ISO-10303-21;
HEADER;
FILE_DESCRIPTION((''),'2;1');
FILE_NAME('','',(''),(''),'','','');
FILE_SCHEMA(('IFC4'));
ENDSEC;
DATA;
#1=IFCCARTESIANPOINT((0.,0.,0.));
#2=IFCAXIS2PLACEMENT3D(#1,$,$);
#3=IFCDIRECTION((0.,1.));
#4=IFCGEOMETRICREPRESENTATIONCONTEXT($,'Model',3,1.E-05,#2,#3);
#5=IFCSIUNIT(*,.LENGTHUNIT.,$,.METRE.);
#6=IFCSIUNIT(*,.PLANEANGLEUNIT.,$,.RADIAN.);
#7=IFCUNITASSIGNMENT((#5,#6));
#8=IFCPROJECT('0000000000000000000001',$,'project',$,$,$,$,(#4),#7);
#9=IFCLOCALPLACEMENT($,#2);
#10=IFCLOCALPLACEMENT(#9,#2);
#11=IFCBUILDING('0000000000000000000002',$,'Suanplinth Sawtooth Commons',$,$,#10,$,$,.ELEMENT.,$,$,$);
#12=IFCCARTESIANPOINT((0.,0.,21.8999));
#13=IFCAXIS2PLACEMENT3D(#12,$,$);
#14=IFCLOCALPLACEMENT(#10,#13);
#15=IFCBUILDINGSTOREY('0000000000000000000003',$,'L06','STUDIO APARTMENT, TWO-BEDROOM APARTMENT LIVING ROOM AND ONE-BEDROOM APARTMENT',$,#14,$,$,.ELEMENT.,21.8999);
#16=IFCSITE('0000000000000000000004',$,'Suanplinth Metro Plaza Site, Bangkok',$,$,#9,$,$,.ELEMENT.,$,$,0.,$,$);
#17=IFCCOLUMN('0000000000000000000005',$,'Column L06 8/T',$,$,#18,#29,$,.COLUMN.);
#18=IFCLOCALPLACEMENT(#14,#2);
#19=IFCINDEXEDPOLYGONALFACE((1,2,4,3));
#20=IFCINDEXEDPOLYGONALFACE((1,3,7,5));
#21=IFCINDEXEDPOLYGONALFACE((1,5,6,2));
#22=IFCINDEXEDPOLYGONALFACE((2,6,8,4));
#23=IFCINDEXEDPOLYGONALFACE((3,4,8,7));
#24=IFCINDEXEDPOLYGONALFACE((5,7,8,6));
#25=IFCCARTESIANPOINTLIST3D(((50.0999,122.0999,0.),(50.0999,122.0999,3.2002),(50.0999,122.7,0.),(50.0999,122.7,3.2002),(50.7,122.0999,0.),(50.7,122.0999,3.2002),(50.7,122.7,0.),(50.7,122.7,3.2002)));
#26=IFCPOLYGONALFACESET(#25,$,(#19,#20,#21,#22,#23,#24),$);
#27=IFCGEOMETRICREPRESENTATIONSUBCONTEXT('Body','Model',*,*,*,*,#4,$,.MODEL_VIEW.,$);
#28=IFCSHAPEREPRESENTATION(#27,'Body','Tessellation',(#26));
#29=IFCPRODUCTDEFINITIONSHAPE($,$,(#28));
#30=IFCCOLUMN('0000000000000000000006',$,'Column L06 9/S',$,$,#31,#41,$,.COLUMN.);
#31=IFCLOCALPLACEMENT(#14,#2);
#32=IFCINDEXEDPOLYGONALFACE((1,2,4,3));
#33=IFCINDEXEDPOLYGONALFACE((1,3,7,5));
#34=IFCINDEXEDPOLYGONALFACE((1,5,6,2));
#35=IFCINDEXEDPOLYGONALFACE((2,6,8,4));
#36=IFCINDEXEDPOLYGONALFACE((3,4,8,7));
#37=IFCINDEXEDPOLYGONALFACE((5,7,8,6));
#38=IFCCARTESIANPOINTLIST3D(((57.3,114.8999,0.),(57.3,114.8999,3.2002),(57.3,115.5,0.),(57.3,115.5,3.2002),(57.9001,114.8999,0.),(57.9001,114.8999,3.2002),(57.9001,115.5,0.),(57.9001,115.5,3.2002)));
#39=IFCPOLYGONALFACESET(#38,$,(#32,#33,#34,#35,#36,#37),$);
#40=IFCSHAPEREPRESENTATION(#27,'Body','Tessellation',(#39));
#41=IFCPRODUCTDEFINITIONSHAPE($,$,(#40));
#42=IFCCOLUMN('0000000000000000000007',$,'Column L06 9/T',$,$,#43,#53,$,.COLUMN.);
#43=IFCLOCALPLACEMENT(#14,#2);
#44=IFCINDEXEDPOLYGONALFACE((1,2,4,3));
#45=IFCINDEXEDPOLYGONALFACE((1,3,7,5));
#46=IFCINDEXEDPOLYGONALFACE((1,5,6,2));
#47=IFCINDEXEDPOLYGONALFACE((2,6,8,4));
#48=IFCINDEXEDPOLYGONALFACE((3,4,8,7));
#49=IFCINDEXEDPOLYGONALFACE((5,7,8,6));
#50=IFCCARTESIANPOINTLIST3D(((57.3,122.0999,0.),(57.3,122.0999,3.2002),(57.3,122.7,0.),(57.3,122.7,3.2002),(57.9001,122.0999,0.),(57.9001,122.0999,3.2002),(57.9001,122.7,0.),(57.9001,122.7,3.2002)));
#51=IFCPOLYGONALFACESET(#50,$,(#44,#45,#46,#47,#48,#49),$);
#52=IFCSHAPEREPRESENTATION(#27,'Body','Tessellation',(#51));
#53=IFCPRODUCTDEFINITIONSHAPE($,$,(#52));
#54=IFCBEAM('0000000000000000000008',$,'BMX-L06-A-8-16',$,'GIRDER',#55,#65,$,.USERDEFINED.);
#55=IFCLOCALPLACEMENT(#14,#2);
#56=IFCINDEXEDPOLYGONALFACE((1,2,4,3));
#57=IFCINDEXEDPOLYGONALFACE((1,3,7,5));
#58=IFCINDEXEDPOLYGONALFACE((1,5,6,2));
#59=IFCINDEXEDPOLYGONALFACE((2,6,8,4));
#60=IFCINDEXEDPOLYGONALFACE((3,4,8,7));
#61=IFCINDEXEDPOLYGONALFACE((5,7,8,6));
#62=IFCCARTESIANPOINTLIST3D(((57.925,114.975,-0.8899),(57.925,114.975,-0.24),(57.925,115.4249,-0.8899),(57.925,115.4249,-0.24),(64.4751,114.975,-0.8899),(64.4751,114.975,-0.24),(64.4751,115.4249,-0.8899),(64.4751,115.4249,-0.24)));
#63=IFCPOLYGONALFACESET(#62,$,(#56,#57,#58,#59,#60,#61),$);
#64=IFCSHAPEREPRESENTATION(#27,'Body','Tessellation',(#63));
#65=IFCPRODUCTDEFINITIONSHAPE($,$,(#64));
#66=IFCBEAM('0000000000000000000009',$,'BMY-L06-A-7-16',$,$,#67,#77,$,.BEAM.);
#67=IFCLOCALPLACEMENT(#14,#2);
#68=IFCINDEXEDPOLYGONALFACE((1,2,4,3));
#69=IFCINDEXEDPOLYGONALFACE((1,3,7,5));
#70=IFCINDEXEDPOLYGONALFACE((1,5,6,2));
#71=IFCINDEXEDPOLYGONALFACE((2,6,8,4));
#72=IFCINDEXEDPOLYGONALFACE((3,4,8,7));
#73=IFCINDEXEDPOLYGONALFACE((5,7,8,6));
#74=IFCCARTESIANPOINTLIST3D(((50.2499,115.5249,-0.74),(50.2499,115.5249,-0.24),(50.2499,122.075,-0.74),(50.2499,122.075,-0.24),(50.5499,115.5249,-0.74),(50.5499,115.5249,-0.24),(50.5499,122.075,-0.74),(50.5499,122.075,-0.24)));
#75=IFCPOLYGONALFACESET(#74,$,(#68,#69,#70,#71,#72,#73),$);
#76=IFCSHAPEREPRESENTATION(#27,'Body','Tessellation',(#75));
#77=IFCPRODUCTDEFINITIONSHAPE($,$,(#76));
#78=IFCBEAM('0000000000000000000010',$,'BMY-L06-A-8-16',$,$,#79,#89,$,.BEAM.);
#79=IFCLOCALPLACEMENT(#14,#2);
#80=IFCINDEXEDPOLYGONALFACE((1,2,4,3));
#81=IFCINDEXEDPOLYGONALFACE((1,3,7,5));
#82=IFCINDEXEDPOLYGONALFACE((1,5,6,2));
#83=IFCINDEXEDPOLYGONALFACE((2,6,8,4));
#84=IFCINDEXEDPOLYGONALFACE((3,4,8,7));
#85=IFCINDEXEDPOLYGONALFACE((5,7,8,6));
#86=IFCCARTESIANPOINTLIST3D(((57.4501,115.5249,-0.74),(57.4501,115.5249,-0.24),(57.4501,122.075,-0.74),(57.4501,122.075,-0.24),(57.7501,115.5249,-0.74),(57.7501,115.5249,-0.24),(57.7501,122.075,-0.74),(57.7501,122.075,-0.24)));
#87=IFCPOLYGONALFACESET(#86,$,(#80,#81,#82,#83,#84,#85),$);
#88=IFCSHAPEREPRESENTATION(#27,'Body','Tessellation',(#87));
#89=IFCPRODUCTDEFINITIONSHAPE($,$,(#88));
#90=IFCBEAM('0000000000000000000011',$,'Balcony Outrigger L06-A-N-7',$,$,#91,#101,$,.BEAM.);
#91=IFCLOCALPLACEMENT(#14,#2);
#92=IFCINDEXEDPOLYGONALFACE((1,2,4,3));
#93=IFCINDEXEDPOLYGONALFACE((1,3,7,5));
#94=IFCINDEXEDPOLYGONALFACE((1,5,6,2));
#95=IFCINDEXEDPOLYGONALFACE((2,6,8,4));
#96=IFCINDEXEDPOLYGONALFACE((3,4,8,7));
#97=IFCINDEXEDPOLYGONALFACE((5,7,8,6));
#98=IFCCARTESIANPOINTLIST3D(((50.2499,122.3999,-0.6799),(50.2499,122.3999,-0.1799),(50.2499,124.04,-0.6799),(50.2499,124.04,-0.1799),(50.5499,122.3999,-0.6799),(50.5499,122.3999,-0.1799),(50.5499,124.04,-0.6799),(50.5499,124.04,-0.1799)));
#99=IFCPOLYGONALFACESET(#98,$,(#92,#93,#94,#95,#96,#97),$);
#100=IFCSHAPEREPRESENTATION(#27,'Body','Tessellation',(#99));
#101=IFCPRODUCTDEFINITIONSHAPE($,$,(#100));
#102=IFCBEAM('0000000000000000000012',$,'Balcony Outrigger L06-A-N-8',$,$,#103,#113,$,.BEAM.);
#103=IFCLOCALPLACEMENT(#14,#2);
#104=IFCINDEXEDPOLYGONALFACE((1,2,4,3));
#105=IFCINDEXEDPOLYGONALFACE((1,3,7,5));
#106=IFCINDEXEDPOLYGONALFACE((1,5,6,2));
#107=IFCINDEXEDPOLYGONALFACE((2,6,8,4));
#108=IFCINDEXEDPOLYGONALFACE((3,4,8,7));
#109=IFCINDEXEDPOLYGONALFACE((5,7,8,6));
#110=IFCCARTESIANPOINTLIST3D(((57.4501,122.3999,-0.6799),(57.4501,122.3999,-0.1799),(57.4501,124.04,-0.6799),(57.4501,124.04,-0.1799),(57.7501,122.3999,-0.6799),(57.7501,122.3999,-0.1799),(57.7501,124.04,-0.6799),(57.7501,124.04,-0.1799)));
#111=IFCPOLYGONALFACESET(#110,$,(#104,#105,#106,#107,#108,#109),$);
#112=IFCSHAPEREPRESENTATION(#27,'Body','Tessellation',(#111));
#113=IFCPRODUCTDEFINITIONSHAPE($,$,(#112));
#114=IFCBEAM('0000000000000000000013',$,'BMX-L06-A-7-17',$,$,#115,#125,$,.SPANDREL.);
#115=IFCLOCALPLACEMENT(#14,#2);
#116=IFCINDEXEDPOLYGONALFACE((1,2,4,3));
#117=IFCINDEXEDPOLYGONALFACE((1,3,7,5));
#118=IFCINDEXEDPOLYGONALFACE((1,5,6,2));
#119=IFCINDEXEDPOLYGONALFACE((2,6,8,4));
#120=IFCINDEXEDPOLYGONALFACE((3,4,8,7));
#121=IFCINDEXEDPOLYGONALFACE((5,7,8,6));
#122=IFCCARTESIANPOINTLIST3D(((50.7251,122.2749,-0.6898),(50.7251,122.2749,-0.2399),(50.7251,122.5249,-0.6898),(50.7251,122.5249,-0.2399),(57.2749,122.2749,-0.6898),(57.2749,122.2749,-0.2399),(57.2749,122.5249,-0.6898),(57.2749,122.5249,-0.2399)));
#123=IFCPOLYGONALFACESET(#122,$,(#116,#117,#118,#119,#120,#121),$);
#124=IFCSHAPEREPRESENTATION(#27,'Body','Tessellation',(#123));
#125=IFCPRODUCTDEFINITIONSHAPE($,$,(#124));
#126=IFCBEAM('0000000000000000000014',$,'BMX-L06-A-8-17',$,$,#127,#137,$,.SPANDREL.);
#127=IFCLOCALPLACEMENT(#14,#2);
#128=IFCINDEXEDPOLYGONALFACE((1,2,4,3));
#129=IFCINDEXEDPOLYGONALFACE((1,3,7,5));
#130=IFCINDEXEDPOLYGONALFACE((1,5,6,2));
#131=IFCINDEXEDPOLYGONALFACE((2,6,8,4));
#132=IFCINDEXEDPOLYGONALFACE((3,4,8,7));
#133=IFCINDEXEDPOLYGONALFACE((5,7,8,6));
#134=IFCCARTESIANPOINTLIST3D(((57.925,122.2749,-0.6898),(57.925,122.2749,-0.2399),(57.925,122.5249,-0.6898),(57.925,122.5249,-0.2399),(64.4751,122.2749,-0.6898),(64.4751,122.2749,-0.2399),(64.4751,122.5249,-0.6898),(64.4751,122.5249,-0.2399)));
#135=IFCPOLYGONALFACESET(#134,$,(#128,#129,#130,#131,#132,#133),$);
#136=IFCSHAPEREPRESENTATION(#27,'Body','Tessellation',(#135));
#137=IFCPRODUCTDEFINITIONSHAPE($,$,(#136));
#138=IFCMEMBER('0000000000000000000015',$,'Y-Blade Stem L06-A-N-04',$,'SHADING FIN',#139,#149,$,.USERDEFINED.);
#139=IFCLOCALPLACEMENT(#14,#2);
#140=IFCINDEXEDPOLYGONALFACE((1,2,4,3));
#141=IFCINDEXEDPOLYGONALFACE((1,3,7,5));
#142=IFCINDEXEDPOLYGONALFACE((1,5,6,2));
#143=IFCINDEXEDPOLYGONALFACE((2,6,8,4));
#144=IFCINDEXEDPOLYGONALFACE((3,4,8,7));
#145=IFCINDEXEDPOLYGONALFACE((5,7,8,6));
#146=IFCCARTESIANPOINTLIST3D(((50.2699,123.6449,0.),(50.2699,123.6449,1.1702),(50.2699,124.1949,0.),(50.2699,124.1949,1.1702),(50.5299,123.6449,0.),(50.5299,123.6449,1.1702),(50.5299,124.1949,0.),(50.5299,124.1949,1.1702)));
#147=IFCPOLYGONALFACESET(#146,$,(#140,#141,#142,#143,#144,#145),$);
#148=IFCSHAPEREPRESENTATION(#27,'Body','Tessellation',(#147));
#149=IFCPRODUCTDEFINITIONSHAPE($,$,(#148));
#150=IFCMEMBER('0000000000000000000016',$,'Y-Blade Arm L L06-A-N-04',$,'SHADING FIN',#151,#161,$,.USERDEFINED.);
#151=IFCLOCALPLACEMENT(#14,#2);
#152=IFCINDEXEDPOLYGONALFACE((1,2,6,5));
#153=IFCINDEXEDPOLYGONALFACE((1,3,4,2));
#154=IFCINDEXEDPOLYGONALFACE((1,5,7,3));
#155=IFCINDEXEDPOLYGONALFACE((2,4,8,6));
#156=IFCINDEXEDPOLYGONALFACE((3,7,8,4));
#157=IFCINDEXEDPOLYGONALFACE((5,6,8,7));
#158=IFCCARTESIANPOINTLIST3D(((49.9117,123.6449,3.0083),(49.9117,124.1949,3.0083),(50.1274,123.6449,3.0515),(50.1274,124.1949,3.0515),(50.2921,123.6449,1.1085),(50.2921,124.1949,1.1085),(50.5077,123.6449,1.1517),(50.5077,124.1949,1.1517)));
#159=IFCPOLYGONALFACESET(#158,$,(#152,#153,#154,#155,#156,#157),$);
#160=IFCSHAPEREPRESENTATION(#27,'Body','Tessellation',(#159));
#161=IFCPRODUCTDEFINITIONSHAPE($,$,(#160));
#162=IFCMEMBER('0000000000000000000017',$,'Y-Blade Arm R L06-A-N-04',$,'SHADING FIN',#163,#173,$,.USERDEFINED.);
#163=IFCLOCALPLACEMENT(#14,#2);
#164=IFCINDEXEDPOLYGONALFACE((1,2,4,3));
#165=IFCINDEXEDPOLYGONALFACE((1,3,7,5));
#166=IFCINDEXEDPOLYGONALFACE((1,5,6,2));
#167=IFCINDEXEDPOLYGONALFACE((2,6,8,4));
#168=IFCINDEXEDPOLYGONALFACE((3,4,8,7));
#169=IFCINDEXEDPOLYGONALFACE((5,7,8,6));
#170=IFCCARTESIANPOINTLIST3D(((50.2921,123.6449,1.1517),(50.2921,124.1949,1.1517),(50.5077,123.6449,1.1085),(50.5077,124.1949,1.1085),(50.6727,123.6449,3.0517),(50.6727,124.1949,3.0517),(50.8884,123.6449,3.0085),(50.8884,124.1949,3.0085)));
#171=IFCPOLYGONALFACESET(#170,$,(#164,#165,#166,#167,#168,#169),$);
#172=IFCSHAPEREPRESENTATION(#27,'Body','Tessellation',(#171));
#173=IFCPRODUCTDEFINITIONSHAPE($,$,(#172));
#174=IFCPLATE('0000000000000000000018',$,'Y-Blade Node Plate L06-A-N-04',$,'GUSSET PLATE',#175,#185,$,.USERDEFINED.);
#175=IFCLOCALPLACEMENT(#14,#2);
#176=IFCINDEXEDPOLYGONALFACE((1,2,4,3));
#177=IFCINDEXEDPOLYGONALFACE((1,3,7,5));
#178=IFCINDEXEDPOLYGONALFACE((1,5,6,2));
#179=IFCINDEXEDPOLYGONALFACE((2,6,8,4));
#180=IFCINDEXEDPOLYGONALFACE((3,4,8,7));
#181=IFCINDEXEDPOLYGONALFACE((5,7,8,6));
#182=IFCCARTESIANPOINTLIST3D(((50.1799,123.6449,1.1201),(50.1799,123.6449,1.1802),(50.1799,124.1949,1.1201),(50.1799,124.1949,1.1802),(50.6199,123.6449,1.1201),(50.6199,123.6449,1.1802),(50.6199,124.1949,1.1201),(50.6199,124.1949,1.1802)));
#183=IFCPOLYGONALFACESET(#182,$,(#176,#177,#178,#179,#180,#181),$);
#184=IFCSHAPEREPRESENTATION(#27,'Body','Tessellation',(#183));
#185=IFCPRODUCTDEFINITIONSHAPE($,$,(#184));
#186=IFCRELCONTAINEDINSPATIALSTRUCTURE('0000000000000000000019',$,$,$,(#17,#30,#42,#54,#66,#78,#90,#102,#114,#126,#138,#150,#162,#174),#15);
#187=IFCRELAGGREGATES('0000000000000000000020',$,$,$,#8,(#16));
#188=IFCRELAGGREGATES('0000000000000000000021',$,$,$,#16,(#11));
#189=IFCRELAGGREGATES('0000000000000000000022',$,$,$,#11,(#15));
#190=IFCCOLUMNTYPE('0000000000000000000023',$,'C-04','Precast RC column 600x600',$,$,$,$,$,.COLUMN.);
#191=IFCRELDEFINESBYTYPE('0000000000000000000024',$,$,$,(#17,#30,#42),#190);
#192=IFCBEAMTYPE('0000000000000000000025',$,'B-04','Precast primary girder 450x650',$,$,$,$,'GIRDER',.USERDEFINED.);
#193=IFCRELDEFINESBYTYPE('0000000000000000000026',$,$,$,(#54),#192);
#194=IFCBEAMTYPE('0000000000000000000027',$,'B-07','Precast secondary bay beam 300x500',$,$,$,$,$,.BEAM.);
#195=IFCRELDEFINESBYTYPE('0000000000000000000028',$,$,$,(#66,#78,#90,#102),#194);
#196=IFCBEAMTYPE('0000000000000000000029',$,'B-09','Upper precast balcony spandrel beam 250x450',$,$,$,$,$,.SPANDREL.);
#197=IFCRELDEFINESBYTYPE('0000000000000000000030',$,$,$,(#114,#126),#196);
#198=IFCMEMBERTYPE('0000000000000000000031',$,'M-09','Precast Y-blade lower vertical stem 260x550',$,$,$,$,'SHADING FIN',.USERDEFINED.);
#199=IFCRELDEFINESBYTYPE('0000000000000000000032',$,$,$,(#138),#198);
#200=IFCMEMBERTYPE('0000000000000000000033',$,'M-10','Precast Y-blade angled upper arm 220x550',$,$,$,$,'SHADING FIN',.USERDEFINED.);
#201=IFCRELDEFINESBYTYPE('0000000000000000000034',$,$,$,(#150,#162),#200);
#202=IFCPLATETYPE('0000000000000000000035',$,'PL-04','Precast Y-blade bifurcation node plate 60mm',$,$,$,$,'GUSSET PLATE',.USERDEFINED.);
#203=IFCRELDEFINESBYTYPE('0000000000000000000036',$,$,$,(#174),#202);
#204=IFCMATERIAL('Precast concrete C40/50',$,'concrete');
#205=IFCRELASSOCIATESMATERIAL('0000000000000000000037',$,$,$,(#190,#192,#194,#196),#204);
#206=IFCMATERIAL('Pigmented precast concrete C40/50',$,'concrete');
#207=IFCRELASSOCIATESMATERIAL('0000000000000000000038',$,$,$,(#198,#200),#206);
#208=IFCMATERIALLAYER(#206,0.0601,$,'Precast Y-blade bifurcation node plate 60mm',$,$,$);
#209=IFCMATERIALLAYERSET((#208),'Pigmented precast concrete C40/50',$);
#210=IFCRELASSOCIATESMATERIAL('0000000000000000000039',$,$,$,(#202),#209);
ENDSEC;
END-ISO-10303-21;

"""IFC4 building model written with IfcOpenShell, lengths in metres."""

from ifc_helpers import new_model, si_unit, direction, frame, origin, origin_2d, place, context, subcontext, project, spatial, rectangle, extrude, material, layer, layer_set, material_profile, profile_set, type_object, element, save


model = new_model("IFC4")

# Units and contexts
model_context = context("Model", 3, precision=1e-05, world=origin(), true_north=direction((0.0, 1.0)))
body_context = subcontext(model_context, "Body", "Model", "MODEL_VIEW")
ifc_project = project(units=[si_unit("LENGTHUNIT", "METRE"), si_unit("PLANEANGLEUNIT", "RADIAN")], contexts=[model_context])

# Site, building, storey
site_placement = place(None, origin())
site = spatial("IfcSite", under=ifc_project, at=site_placement, Name="Suanplinth Metro Plaza Site, Bangkok", CompositionType="ELEMENT", RefElevation=0.0)
building_placement = place(site_placement, origin())
building = spatial("IfcBuilding", under=site, at=building_placement, Name="Suanplinth Sawtooth Commons", CompositionType="ELEMENT")
storey_placement = place(building_placement, frame((0.0, 0.0, 21.8999)))
storey = spatial("IfcBuildingStorey", under=building, at=storey_placement, Name="L06", Description="STUDIO APARTMENT, TWO-BEDROOM APARTMENT LIVING ROOM AND ONE-BEDROOM APARTMENT", CompositionType="ELEMENT", Elevation=21.8999)

# Columns
ifc_material_1 = material(Name="Precast concrete C40/50", Category="concrete")
ifc_material_profile_1 = material_profile(ifc_material_1, rectangle(XDim=0.6001, YDim=0.6001, at=origin_2d()), Name="PC-COL 600x600")
ifc_profile_set_1 = profile_set([ifc_material_profile_1], Name="Precast concrete C40/50")
column_type = type_object("IfcColumnType", Name="C-04", Description="Precast RC column 600x600", PredefinedType="COLUMN", material=ifc_profile_set_1)
for number, where, z_axis, x_axis, name in (
    (1, (50.3999, 122.3999, 0.0), (0.0, 0.0, 1.0), (1.0, 0.0, 0.0), "Column L06 8/T"),
    (2, (57.6001, 115.2, 0.0), (0.0, 0.0, 1.0), (1.0, 0.0, 0.0), "Column L06 9/S"),
    (3, (57.6001, 122.3999, 0.0), (0.0, 0.0, 1.0), (1.0, 0.0, 0.0), "Column L06 9/T"),
):
    element("IfcColumn", number, at=place(storey_placement, frame(where, z_axis=z_axis, x_axis=x_axis)), inside=storey, type_object=column_type, Name=name, PredefinedType="COLUMN", context=body_context, shape_type="SweptSolid", body=[
        extrude(rectangle(XDim=0.6001, YDim=0.6001, at=origin_2d()), origin(), (0.0, 0.0, 1.0), 3.2002),
    ])

# Beams
ifc_material_profile_2 = material_profile(ifc_material_1, rectangle(XDim=0.45, YDim=0.6499, at=origin_2d()), Name="PC-GDR 450x650")
ifc_profile_set_2 = profile_set([ifc_material_profile_2], Name="Precast concrete C40/50")
beam_type_1 = type_object("IfcBeamType", Name="B-04", Description="Precast primary girder 450x650", ElementType="GIRDER", PredefinedType="USERDEFINED", material=ifc_profile_set_2)
beam_1_placement = place(storey_placement, frame((57.925, 115.2, -0.5649), z_axis=(1.0, 0.0, 0.0), x_axis=(0.0, 1.0, 0.0)))
element("IfcBeam", 4, at=beam_1_placement, inside=storey, type_object=beam_type_1, Name="BMX-L06-A-8-16", ObjectType="GIRDER", PredefinedType="USERDEFINED", context=body_context, shape_type="SweptSolid", body=[
    extrude(rectangle(XDim=0.45, YDim=0.6499, at=origin_2d()), origin(), (0.0, 0.0, 1.0), 6.55),
])
ifc_material_profile_3 = material_profile(ifc_material_1, rectangle(XDim=0.3, YDim=0.5, at=origin_2d()), Name="PC-BM 300x500")
ifc_profile_set_3 = profile_set([ifc_material_profile_3], Name="Precast concrete C40/50")
beam_type_2 = type_object("IfcBeamType", Name="B-07", Description="Precast secondary bay beam 300x500", PredefinedType="BEAM", material=ifc_profile_set_3)
for number, where, z_axis, x_axis, name in (
    (5, (50.3999, 115.5249, -0.49), (0.0, 1.0, 0.0), (-1.0, 0.0, 0.0), "BMY-L06-A-7-16"),
    (6, (57.6001, 115.5249, -0.49), (0.0, 1.0, 0.0), (-1.0, 0.0, 0.0), "BMY-L06-A-8-16"),
):
    element("IfcBeam", number, at=place(storey_placement, frame(where, z_axis=z_axis, x_axis=x_axis)), inside=storey, type_object=beam_type_2, Name=name, PredefinedType="BEAM", context=body_context, shape_type="SweptSolid", body=[
        extrude(rectangle(XDim=0.3, YDim=0.5, at=origin_2d()), origin(), (0.0, 0.0, 1.0), 6.55),
    ])
for number, where, z_axis, x_axis, name in (
    (7, (50.3999, 122.3999, -0.4299), (0.0, 1.0, 0.0), (-1.0, 0.0, 0.0), "Balcony Outrigger L06-A-N-7"),
    (8, (57.6001, 122.3999, -0.4299), (0.0, 1.0, 0.0), (-1.0, 0.0, 0.0), "Balcony Outrigger L06-A-N-8"),
):
    element("IfcBeam", number, at=place(storey_placement, frame(where, z_axis=z_axis, x_axis=x_axis)), inside=storey, type_object=beam_type_2, Name=name, PredefinedType="BEAM", context=body_context, shape_type="SweptSolid", body=[
        extrude(rectangle(XDim=0.3, YDim=0.5, at=origin_2d()), origin(), (0.0, 0.0, 1.0), 1.6401),
    ])
ifc_material_profile_4 = material_profile(ifc_material_1, rectangle(XDim=0.25, YDim=0.45, at=origin_2d()), Name="PC-SP 250x450")
ifc_profile_set_4 = profile_set([ifc_material_profile_4], Name="Precast concrete C40/50")
beam_type_3 = type_object("IfcBeamType", Name="B-09", Description="Upper precast balcony spandrel beam 250x450", PredefinedType="SPANDREL", material=ifc_profile_set_4)
beam_2_placement = place(storey_placement, frame((50.7251, 122.3999, -0.4648), z_axis=(1.0, 0.0, 0.0), x_axis=(0.0, 1.0, 0.0)))
element("IfcBeam", 9, at=beam_2_placement, inside=storey, type_object=beam_type_3, Name="BMX-L06-A-7-17", PredefinedType="SPANDREL", context=body_context, shape_type="SweptSolid", body=[
    extrude(rectangle(XDim=0.25, YDim=0.45, at=origin_2d()), origin(), (0.0, 0.0, 1.0), 6.5498),
])
beam_3_placement = place(storey_placement, frame((57.925, 122.3999, -0.4648), z_axis=(1.0, 0.0, 0.0), x_axis=(0.0, 1.0, 0.0)))
element("IfcBeam", 10, at=beam_3_placement, inside=storey, type_object=beam_type_3, Name="BMX-L06-A-8-17", PredefinedType="SPANDREL", context=body_context, shape_type="SweptSolid", body=[
    extrude(rectangle(XDim=0.25, YDim=0.45, at=origin_2d()), origin(), (0.0, 0.0, 1.0), 6.55),
])

# Members
ifc_material_2 = material(Name="Pigmented precast concrete C40/50", Category="concrete")
ifc_material_profile_5 = material_profile(ifc_material_2, rectangle(XDim=0.26, YDim=0.55, at=origin_2d()), Name="PC-FIN 260x550")
ifc_profile_set_5 = profile_set([ifc_material_profile_5], Name="Pigmented precast concrete C40/50")
member_type_1 = type_object("IfcMemberType", Name="M-09", Description="Precast Y-blade lower vertical stem 260x550", ElementType="SHADING FIN", PredefinedType="USERDEFINED", material=ifc_profile_set_5)
member_1_placement = place(storey_placement, frame((50.3999, 123.9199, 0.0), z_axis=(0.0, 0.0, 1.0), x_axis=(1.0, 0.0, 0.0)))
element("IfcMember", 11, at=member_1_placement, inside=storey, type_object=member_type_1, Name="Y-Blade Stem L06-A-N-04", ObjectType="SHADING FIN", PredefinedType="USERDEFINED", context=body_context, shape_type="SweptSolid", body=[
    extrude(rectangle(XDim=0.26, YDim=0.55, at=origin_2d()), origin(), (0.0, 0.0, 1.0), 1.1702),
])
ifc_material_profile_6 = material_profile(ifc_material_2, rectangle(XDim=0.22, YDim=0.55, at=origin_2d()), Name="PC-FIN 220x550")
ifc_profile_set_6 = profile_set([ifc_material_profile_6], Name="Pigmented precast concrete C40/50")
member_type_2 = type_object("IfcMemberType", Name="M-10", Description="Precast Y-blade angled upper arm 220x550", ElementType="SHADING FIN", PredefinedType="USERDEFINED", material=ifc_profile_set_6)
member_2_placement = place(storey_placement, frame((50.3999, 123.9199, 1.1301), z_axis=(-0.19631, 0.0, 0.980542), x_axis=(0.980542, 0.0, 0.19631)))
element("IfcMember", 12, at=member_2_placement, inside=storey, type_object=member_type_2, Name="Y-Blade Arm L L06-A-N-04", ObjectType="SHADING FIN", PredefinedType="USERDEFINED", context=body_context, shape_type="SweptSolid", body=[
    extrude(rectangle(XDim=0.22, YDim=0.55, at=origin_2d()), origin(), (0.0, 0.0, 1.0), 1.9375),
])
member_3_placement = place(storey_placement, frame((50.3999, 123.9199, 1.1301), z_axis=(0.196431, 0.0, 0.980518), x_axis=(-0.980518, 0.0, 0.196431)))
element("IfcMember", 13, at=member_3_placement, inside=storey, type_object=member_type_2, Name="Y-Blade Arm R L06-A-N-04", ObjectType="SHADING FIN", PredefinedType="USERDEFINED", context=body_context, shape_type="SweptSolid", body=[
    extrude(rectangle(XDim=0.22, YDim=0.55, at=origin_2d()), origin(), (0.0, 0.0, 1.0), 1.9377),
])

# Plate
ifc_layer_1 = layer(ifc_material_2, 0.0601, Name="Precast Y-blade bifurcation node plate 60mm")
ifc_layer_set_1 = layer_set([ifc_layer_1], Name="Pigmented precast concrete C40/50")
plate_type = type_object("IfcPlateType", Name="PL-04", Description="Precast Y-blade bifurcation node plate 60mm", ElementType="GUSSET PLATE", PredefinedType="USERDEFINED", material=ifc_layer_set_1)
plate_placement = place(storey_placement, frame((50.3999, 123.9199, 1.1201), z_axis=(0.0, 0.0, 1.0), x_axis=(1.0, 0.0, 0.0)))
element("IfcPlate", 14, at=plate_placement, inside=storey, type_object=plate_type, Name="Y-Blade Node Plate L06-A-N-04", ObjectType="GUSSET PLATE", PredefinedType="USERDEFINED", context=body_context, shape_type="SweptSolid", body=[
    extrude(rectangle(XDim=0.4399, YDim=0.55, at=origin_2d()), origin(), (0.0, 0.0, 1.0), 0.0601),
])

save(model, "model.ifc")
